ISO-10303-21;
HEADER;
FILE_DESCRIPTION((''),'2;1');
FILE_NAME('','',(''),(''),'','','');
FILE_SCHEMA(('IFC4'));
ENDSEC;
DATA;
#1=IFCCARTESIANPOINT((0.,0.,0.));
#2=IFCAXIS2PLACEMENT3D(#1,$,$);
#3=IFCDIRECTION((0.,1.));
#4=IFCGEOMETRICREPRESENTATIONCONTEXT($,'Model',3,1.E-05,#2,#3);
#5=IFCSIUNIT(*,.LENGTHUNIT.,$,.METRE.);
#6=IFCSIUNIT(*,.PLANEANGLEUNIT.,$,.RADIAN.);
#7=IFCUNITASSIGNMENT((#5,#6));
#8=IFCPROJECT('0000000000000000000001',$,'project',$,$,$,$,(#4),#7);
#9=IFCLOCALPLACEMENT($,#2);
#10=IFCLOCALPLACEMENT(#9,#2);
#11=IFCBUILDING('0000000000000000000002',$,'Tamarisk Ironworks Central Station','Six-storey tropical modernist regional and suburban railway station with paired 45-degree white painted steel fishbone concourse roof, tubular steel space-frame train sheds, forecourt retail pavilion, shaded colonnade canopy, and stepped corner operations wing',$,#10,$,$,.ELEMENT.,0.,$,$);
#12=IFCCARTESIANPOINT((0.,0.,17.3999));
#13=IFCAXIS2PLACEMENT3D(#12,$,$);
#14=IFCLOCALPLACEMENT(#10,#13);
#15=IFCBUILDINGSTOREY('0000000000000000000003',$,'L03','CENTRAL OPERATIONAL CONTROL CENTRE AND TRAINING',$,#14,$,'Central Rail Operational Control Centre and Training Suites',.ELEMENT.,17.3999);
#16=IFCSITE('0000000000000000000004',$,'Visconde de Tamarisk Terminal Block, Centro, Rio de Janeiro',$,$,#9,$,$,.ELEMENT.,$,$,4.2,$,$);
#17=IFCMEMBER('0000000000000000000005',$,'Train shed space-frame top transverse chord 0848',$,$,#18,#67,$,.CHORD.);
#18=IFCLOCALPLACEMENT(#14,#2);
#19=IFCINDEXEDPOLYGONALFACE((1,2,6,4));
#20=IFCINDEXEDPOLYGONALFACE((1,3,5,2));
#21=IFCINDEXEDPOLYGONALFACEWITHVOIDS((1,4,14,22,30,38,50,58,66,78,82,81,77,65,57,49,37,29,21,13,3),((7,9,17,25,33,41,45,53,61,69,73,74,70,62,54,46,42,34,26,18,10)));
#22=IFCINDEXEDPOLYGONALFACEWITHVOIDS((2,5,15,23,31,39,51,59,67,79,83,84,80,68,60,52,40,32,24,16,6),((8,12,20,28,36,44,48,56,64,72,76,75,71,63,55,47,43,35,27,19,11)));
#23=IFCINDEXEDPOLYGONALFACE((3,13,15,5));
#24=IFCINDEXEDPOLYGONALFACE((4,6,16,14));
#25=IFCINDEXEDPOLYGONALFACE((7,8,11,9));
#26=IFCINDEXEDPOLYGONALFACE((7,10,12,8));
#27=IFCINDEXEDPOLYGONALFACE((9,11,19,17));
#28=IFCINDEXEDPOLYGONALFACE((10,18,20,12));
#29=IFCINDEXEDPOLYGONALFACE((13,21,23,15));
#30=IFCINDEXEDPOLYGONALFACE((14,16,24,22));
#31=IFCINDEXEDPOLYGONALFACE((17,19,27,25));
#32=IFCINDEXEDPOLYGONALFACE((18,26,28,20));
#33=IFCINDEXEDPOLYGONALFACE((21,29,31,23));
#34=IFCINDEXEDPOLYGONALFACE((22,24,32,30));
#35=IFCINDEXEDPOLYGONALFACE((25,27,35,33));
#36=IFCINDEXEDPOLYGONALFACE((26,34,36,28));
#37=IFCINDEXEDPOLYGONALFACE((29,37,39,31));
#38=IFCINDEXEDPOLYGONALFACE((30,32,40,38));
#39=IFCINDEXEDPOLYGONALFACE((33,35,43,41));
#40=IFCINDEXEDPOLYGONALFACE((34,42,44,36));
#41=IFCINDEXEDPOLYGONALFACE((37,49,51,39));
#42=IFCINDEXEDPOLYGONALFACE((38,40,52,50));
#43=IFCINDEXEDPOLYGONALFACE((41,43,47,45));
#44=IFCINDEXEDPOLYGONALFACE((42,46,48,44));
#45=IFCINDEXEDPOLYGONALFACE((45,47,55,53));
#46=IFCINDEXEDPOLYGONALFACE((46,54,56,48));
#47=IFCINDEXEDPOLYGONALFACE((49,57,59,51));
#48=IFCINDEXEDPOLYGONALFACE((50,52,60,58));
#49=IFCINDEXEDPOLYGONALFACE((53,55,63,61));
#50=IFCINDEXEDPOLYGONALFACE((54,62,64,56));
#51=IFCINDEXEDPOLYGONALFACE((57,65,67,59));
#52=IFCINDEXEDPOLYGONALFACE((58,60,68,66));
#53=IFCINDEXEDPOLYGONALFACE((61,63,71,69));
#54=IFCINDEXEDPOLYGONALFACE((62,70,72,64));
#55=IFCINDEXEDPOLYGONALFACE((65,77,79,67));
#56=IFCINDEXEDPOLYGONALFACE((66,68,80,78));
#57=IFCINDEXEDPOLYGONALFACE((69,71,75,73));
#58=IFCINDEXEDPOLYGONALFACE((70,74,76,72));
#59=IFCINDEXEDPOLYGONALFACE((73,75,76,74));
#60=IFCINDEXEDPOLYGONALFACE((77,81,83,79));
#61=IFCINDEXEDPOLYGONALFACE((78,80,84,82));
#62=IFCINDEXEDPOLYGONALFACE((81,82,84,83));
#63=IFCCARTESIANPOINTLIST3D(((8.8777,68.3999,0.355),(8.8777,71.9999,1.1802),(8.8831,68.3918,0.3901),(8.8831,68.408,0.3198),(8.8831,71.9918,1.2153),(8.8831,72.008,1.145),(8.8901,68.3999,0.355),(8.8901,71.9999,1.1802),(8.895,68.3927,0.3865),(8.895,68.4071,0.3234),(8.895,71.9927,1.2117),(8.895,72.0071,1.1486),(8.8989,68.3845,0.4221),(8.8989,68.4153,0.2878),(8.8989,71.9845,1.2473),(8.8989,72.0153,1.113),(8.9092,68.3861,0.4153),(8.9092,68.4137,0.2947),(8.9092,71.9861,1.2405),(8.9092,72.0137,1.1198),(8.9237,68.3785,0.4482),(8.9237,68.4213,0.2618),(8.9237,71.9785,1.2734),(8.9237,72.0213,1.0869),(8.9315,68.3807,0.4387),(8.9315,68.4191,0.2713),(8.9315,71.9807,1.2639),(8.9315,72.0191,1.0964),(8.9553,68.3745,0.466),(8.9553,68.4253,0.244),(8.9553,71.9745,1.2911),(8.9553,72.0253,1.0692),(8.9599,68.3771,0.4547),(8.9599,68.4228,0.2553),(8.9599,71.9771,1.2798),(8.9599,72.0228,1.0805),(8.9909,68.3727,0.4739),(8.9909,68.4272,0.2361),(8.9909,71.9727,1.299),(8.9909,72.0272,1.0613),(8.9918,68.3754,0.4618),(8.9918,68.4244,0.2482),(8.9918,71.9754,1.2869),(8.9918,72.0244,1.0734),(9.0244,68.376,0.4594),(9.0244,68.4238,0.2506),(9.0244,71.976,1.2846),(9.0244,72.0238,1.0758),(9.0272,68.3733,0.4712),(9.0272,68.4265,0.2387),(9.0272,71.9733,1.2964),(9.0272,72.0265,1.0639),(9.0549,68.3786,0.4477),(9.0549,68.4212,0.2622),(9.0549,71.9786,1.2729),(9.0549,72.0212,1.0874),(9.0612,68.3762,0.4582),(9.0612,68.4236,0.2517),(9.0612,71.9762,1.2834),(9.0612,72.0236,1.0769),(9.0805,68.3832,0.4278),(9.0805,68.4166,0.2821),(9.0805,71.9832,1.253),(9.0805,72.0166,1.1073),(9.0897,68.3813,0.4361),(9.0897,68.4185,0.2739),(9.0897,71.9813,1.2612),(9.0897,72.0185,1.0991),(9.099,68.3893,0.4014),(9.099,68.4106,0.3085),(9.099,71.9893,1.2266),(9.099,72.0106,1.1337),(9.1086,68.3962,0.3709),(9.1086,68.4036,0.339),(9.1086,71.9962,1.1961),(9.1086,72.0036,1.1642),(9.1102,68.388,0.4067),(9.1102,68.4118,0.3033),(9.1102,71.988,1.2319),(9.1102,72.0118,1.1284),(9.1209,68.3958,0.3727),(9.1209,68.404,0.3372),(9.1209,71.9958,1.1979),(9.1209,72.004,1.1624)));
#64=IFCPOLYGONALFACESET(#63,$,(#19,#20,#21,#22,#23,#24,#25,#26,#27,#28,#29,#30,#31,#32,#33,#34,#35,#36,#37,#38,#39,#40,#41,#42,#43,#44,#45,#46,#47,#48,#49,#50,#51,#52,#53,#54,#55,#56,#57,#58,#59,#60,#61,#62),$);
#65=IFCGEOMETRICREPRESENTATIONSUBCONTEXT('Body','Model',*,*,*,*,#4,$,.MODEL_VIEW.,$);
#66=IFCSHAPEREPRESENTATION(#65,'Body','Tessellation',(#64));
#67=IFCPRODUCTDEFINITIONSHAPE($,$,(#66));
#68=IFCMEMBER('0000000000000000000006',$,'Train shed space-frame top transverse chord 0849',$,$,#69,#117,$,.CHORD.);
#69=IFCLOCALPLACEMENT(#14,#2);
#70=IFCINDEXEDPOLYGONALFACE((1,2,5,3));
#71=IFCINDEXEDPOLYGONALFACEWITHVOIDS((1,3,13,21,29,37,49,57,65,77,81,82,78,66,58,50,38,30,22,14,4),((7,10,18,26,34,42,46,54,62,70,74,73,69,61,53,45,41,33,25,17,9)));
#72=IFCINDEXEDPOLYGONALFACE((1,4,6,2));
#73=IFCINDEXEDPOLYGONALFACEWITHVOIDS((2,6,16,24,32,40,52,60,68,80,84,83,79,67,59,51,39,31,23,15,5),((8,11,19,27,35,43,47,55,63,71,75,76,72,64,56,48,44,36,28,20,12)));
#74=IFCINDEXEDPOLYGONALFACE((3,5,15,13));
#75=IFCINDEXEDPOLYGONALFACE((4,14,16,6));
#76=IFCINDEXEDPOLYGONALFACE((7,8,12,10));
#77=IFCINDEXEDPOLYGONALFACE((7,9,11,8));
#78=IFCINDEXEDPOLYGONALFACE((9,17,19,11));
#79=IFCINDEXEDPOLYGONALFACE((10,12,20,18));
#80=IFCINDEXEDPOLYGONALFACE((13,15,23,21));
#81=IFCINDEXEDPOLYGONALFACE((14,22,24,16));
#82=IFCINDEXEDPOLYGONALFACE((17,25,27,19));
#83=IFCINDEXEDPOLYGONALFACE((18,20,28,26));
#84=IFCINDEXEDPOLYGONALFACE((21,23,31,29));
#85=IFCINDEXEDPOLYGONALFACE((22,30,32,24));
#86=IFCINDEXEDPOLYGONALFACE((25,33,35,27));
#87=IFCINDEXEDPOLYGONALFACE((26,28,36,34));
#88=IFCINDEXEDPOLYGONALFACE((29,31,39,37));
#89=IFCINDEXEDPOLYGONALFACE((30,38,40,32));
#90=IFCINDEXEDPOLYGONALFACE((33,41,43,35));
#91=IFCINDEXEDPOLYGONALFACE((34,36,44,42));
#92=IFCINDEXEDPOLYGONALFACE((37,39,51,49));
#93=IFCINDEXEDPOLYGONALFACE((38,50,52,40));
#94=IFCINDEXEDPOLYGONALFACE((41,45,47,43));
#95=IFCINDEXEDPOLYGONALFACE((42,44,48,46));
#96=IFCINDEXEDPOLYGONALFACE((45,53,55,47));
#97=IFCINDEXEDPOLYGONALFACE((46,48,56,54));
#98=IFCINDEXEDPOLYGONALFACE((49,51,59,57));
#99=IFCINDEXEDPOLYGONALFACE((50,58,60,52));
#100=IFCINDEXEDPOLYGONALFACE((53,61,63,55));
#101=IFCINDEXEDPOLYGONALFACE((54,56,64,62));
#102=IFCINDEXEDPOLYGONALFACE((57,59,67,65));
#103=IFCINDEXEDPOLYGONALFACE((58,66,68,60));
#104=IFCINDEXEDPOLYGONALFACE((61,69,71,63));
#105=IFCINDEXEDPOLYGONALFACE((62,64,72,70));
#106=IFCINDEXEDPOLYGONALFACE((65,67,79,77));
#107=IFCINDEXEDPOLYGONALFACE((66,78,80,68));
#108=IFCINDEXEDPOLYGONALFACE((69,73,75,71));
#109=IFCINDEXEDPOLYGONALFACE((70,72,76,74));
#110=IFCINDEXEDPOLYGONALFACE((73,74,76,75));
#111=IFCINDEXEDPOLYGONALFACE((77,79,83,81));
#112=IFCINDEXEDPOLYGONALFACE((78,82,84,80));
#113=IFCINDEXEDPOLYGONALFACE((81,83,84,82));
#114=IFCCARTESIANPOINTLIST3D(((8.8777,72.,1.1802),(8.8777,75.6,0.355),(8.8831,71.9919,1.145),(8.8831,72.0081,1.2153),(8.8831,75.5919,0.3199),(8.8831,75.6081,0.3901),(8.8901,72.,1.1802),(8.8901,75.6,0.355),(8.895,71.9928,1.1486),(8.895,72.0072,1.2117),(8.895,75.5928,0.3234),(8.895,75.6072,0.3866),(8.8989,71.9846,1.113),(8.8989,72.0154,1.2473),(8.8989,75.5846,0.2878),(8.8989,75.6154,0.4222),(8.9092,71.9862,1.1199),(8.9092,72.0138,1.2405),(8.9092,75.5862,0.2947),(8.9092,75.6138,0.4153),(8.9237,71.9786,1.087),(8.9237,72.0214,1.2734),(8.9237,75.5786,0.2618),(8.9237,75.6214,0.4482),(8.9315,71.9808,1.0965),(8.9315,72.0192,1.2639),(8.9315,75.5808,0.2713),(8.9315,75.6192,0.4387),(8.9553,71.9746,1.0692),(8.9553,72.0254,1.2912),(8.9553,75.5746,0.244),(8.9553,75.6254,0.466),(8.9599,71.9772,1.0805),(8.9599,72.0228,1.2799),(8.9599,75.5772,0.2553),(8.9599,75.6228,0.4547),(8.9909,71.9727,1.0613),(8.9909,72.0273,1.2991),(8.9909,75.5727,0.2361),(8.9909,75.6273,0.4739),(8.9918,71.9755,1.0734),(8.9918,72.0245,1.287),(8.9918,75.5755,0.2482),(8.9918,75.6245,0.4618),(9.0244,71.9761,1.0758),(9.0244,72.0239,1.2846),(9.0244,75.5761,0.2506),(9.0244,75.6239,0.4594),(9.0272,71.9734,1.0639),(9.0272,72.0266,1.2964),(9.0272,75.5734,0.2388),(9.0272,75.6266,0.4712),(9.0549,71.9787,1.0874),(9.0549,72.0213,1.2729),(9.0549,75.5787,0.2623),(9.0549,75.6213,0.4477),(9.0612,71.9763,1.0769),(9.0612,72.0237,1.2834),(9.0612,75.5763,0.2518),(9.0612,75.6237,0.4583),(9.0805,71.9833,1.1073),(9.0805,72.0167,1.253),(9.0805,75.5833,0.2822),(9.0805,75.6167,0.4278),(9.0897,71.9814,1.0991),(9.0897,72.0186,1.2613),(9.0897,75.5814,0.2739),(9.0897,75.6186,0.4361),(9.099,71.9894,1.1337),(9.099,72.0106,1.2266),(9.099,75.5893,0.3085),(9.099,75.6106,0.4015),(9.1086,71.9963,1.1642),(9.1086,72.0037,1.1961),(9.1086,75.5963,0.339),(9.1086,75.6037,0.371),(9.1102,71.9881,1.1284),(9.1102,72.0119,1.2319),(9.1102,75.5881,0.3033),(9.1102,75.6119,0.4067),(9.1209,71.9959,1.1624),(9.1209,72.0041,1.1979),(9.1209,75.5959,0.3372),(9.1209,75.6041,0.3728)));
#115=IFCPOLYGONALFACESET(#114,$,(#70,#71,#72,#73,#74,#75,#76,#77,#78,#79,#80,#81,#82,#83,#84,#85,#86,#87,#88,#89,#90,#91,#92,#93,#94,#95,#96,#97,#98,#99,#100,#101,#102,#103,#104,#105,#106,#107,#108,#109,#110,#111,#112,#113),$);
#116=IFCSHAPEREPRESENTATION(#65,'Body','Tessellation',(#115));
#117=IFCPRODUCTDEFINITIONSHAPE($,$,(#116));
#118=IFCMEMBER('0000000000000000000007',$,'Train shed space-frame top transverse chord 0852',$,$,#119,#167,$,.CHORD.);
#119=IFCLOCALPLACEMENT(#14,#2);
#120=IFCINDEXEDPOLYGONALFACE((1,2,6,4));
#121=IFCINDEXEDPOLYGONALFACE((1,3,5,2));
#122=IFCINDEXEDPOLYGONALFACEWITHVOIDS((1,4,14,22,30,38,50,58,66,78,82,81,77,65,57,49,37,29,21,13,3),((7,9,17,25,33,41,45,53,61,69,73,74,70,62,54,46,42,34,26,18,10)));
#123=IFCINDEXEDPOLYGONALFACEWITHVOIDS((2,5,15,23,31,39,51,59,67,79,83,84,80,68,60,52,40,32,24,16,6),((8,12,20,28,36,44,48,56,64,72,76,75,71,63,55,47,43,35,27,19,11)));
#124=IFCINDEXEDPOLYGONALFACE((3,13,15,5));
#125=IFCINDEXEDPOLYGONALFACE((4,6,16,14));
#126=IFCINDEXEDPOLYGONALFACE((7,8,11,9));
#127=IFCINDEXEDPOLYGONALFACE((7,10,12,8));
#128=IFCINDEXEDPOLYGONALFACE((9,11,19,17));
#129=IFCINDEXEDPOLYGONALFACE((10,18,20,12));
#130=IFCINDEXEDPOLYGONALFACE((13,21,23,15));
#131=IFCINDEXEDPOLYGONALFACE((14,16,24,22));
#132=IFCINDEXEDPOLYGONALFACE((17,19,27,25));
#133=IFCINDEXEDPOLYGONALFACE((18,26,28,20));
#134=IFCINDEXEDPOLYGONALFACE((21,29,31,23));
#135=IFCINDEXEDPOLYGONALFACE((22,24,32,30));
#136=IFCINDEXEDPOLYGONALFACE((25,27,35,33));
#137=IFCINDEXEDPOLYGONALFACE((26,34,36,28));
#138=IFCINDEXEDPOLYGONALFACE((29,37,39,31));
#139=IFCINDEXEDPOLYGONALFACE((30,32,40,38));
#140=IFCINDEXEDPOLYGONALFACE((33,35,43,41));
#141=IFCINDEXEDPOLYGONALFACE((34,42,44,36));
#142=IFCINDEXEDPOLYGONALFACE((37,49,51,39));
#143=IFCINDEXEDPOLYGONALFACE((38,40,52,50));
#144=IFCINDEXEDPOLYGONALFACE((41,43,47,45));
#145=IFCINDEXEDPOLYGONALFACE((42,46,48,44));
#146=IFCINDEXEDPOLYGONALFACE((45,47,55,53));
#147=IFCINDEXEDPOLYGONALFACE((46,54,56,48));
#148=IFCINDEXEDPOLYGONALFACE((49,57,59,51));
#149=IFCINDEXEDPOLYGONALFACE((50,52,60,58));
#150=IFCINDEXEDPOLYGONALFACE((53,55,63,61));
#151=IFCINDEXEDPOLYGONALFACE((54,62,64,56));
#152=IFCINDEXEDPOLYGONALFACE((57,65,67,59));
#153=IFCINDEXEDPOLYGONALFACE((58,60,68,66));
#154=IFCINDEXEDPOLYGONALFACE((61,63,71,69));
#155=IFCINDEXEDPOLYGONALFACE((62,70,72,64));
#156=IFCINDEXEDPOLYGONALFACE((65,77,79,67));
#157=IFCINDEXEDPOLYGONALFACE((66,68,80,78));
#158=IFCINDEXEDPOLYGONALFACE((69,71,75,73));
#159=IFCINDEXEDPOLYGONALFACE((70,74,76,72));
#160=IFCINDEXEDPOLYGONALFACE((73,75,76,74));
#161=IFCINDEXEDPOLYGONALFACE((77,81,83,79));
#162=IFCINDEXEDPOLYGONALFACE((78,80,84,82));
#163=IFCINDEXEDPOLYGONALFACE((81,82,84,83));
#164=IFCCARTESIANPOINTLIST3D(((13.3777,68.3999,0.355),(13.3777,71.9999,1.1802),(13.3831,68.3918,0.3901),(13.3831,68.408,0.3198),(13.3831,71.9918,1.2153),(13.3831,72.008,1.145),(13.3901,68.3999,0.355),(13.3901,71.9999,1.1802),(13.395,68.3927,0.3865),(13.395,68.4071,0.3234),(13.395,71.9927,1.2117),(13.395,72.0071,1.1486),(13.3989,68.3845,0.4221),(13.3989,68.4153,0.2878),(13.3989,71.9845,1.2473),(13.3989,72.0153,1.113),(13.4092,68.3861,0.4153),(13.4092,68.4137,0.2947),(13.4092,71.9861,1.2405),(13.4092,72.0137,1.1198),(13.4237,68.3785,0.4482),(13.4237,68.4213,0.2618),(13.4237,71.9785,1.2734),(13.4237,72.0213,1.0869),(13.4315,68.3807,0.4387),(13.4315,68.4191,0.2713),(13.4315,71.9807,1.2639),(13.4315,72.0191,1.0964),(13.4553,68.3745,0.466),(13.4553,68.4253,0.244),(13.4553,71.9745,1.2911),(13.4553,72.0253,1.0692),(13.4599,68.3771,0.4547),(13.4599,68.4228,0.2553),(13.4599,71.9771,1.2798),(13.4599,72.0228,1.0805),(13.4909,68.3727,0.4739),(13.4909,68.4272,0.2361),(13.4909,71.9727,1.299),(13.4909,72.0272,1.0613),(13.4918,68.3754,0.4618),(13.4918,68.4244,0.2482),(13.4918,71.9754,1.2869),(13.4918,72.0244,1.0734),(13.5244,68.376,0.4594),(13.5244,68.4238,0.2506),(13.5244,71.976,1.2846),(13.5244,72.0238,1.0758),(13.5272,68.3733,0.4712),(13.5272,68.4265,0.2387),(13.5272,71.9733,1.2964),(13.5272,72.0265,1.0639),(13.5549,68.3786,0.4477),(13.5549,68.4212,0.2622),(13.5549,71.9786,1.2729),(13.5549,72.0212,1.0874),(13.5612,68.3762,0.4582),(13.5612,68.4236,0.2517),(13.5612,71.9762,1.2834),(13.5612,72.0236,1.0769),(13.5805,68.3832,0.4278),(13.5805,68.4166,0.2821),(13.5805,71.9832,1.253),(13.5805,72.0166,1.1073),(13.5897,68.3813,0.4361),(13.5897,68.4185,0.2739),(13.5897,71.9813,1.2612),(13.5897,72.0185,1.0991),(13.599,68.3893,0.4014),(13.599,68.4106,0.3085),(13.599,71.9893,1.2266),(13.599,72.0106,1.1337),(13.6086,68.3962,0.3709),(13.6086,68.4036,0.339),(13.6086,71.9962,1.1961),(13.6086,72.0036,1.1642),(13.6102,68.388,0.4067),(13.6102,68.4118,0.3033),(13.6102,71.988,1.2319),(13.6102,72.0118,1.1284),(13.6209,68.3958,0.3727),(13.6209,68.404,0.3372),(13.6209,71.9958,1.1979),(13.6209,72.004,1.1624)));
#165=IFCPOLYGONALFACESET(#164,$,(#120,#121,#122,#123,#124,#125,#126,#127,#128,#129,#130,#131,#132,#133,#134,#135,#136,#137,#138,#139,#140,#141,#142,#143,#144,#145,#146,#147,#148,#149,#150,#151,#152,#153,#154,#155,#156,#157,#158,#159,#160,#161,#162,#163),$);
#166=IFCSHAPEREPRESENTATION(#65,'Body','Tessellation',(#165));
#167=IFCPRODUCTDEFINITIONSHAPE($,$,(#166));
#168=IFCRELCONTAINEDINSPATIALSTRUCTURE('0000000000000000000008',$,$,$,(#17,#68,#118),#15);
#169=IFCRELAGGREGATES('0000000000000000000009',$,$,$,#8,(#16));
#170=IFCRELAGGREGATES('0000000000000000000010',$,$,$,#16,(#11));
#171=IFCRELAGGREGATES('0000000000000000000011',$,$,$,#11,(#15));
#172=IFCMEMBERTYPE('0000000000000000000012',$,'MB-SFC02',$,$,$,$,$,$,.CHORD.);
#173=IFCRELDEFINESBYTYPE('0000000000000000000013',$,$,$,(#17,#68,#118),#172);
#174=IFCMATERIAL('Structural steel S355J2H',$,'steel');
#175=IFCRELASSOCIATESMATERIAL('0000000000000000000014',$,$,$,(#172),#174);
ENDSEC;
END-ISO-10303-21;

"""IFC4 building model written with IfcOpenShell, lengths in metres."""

from ifc_helpers import new_model, si_unit, direction, frame, origin, origin_2d, place, context, subcontext, project, spatial, hollow_circle, extrude, material, material_profile, profile_set, type_object, element, save


model = new_model("IFC4")

# Units and contexts
model_context = context("Model", 3, precision=1e-05, world=origin(), true_north=direction((0.0, 1.0)))
body_context = subcontext(model_context, "Body", "Model", "MODEL_VIEW")
ifc_project = project(units=[si_unit("LENGTHUNIT", "METRE"), si_unit("PLANEANGLEUNIT", "RADIAN")], contexts=[model_context])

# Site, building, storey
site_placement = place(None, origin())
site = spatial("IfcSite", under=ifc_project, at=site_placement, Name="Visconde de Tamarisk Terminal Block, Centro, Rio de Janeiro", CompositionType="ELEMENT", RefElevation=4.2)
building_placement = place(site_placement, origin())
building = spatial("IfcBuilding", under=site, at=building_placement, Name="Tamarisk Ironworks Central Station", Description="Six-storey tropical modernist regional and suburban railway station with paired 45-degree white painted steel fishbone concourse roof, tubular steel space-frame train sheds, forecourt retail pavilion, shaded colonnade canopy, and stepped corner operations wing", CompositionType="ELEMENT", ElevationOfRefHeight=0.0)
storey_placement = place(building_placement, frame((0.0, 0.0, 17.3999)))
storey = spatial("IfcBuildingStorey", under=building, at=storey_placement, Name="L03", Description="CENTRAL OPERATIONAL CONTROL CENTRE AND TRAINING", LongName="Central Rail Operational Control Centre and Training Suites", CompositionType="ELEMENT", Elevation=17.3999)

# Members
ifc_material = material(Name="Structural steel S355J2H", Category="steel")
ifc_material_profile_1 = material_profile(ifc_material, hollow_circle(Radius=0.1223, WallThickness=0.0125, at=origin_2d()), Name="CHS 244.5x12.5")
ifc_profile_set_1 = profile_set([ifc_material_profile_1], Name="Structural steel S355J2H")
member_type_1 = type_object("IfcMemberType", Name="MB-SFC02", PredefinedType="CHORD", material=ifc_profile_set_1)
for number, where, z_axis, x_axis, name in (
    (1, (9.0, 68.3999, 0.355), (0.0, 0.974722, 0.223421), (-1.0, 0.0, 0.0), "Train shed space-frame top transverse chord 0848"),
    (2, (9.0, 72.0, 1.1802), (0.0, 0.974722, -0.223421), (-1.0, 0.0, 0.0), "Train shed space-frame top transverse chord 0849"),
    (3, (13.5, 68.3999, 0.355), (0.0, 0.974722, 0.223421), (-1.0, 0.0, 0.0), "Train shed space-frame top transverse chord 0852"),
):
    element("IfcMember", number, at=place(storey_placement, frame(where, z_axis=z_axis, x_axis=x_axis)), inside=storey, type_object=member_type_1, Name=name, PredefinedType="CHORD", context=body_context, shape_type="SweptSolid", body=[
        extrude(hollow_circle(Radius=0.1223, WallThickness=0.0125, at=origin_2d()), origin(), (0.0, 0.0, 1.0), 3.6934),
    ])

save(model, "model.ifc")
